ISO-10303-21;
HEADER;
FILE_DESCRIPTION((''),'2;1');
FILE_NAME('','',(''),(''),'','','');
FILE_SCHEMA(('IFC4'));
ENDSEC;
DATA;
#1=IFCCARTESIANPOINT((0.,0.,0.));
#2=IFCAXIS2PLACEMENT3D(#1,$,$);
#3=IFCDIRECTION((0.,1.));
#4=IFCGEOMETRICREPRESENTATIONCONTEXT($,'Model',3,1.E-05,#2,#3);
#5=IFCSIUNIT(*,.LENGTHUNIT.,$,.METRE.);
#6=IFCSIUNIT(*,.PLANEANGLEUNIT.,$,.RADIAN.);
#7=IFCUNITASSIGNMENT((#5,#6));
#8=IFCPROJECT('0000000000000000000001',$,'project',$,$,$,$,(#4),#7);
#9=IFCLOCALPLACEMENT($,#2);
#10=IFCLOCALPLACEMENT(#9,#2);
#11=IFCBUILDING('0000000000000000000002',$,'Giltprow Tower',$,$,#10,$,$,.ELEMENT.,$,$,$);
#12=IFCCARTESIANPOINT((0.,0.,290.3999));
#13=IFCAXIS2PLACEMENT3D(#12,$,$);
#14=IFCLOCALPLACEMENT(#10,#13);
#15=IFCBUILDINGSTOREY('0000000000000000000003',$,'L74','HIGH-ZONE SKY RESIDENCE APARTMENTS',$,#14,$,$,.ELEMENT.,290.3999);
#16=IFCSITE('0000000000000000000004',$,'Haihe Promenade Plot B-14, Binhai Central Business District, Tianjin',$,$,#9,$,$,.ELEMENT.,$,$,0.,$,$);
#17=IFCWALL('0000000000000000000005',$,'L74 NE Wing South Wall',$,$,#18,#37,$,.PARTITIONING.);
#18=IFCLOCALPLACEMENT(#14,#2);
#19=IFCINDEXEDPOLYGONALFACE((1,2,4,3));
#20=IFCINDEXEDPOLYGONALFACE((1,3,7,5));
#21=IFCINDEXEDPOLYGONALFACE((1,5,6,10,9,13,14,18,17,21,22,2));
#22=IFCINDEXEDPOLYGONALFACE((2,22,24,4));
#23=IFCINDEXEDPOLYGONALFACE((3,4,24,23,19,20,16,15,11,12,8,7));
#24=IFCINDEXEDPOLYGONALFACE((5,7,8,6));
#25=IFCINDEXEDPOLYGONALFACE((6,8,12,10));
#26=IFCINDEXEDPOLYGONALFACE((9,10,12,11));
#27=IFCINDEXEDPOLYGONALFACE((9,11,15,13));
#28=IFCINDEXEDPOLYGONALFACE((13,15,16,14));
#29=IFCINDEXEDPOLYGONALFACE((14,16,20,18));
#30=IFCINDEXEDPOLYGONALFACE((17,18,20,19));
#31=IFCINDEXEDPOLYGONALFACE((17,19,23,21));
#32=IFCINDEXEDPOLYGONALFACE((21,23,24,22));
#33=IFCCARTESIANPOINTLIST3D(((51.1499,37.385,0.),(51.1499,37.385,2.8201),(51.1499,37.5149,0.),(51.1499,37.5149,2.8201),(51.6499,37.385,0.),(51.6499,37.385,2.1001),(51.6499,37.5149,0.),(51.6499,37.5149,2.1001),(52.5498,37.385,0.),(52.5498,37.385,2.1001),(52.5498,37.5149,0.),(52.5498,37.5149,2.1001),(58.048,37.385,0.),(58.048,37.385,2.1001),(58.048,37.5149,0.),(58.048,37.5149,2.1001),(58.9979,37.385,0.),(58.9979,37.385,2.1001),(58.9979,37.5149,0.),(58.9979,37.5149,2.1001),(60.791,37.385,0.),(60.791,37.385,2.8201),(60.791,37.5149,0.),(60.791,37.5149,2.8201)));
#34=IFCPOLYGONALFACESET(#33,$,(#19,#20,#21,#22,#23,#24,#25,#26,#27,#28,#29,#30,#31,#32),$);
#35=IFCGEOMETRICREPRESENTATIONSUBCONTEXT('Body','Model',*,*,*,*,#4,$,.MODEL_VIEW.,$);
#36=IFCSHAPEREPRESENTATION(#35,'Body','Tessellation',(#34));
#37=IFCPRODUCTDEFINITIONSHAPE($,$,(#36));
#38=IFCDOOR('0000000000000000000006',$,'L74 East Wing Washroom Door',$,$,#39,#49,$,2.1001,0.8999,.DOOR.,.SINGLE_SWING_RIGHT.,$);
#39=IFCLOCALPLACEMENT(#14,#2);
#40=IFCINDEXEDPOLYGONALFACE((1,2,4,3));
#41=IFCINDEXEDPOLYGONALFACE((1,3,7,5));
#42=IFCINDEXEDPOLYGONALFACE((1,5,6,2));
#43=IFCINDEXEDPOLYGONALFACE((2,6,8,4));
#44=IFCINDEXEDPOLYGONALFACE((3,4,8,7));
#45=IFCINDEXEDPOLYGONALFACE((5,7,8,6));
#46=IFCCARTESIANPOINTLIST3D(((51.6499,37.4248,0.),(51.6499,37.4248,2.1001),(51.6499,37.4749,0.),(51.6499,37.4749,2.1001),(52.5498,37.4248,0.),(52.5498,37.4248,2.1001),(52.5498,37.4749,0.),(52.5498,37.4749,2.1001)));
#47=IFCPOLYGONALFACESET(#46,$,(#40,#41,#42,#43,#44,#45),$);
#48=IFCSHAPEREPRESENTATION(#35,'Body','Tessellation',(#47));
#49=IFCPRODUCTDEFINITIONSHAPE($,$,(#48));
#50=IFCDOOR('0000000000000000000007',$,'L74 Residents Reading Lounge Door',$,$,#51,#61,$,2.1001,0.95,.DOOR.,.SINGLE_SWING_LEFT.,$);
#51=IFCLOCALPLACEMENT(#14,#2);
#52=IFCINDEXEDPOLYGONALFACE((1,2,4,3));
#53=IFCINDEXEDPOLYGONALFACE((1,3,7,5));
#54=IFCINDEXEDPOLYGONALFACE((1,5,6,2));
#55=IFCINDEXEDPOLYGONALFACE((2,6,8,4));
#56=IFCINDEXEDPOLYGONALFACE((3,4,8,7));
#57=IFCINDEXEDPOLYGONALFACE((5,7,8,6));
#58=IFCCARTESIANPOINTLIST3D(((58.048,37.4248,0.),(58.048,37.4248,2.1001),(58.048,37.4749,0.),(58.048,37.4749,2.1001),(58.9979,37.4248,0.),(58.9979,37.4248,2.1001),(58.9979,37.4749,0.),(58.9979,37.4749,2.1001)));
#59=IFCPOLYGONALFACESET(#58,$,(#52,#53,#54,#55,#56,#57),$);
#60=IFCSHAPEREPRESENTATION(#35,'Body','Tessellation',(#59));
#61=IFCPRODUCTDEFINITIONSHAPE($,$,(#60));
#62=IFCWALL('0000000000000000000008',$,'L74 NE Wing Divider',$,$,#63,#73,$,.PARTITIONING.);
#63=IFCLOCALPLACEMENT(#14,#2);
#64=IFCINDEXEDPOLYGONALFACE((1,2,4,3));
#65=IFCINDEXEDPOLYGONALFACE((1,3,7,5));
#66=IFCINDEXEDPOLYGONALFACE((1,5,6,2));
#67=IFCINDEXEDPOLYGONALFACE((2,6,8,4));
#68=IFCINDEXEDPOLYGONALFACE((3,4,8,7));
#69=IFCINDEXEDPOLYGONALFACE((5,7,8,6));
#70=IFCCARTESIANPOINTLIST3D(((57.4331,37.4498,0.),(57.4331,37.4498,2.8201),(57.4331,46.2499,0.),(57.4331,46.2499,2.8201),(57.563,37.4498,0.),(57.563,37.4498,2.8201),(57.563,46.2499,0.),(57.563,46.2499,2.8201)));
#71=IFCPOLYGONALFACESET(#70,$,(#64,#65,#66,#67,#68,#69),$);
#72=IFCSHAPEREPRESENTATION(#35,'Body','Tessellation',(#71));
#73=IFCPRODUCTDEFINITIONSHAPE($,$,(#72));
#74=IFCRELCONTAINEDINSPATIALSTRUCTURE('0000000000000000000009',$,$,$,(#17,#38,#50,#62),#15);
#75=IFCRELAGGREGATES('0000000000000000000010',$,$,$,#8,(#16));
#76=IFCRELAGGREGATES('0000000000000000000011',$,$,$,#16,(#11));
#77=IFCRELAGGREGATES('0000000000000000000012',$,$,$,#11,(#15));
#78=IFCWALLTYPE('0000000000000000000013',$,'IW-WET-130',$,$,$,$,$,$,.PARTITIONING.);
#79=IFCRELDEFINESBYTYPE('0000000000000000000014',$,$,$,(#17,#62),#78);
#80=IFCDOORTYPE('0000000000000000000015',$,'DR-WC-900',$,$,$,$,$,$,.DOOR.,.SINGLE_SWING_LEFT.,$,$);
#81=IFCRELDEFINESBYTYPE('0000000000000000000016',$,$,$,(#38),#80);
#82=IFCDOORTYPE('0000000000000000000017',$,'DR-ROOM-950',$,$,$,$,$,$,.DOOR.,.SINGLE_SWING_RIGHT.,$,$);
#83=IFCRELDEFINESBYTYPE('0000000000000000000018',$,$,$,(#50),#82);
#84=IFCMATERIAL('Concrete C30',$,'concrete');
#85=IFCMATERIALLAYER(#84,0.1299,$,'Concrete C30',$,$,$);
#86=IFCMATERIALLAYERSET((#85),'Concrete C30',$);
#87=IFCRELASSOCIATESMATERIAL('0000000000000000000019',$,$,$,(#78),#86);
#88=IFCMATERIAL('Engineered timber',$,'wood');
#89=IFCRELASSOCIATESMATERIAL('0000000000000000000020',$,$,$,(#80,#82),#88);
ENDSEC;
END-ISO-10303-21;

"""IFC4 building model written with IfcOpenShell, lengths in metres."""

from ifc_helpers import new_model, si_unit, direction, frame, frame_2d, origin, place, context, subcontext, project, spatial, rectangle, extrude, source, transform, mapped, material, layer, layer_set, type_object, element, fill, save


model = new_model("IFC4")

# Units and contexts
model_context = context("Model", 3, precision=1e-05, world=origin(), true_north=direction((0.0, 1.0)))
body_context = subcontext(model_context, "Body", "Model", "MODEL_VIEW")
ifc_project = project(units=[si_unit("LENGTHUNIT", "METRE"), si_unit("PLANEANGLEUNIT", "RADIAN")], contexts=[model_context])

# Site, building, storey
site_placement = place(None, origin())
site = spatial("IfcSite", under=ifc_project, at=site_placement, Name="Haihe Promenade Plot B-14, Binhai Central Business District, Tianjin", CompositionType="ELEMENT", RefElevation=0.0)
building_placement = place(site_placement, origin())
building = spatial("IfcBuilding", under=site, at=building_placement, Name="Giltprow Tower", CompositionType="ELEMENT")
storey_placement = place(building_placement, frame((0.0, 0.0, 290.3999)))
storey = spatial("IfcBuildingStorey", under=building, at=storey_placement, Name="L74", Description="HIGH-ZONE SKY RESIDENCE APARTMENTS", CompositionType="ELEMENT", Elevation=290.3999)

# Wall, openings, doors
ifc_material_1 = material(Name="Concrete C30", Category="concrete")
ifc_layer_1 = layer(ifc_material_1, 0.1299, Name="Concrete C30")
ifc_layer_set_1 = layer_set([ifc_layer_1], Name="Concrete C30")
wall_type_1 = type_object("IfcWallType", Name="IW-WET-130", PredefinedType="PARTITIONING", material=ifc_layer_set_1)
wall_1_placement = place(storey_placement, frame((51.1499, 37.45, 0.0), z_axis=(0.0, 0.0, 1.0), x_axis=(1.0, 0.0, 0.0)))
wall_1 = element("IfcWall", 1, at=wall_1_placement, inside=storey, type_object=wall_type_1, Name="L74 NE Wing South Wall", PredefinedType="PARTITIONING", context=body_context, shape_type="SweptSolid", body=[
    extrude(rectangle(XDim=9.6411, YDim=0.1299, at=frame_2d((4.8206, 0.0))), origin(), (0.0, 0.0, 1.0), 2.8201),
])
opening_1_placement = place(wall_1_placement, frame((0.5, 0.0, 0.0)))
opening_1 = element("IfcOpeningElement", 2, at=opening_1_placement, cuts=wall_1, PredefinedType="OPENING", context=body_context, shape_type="SweptSolid", body=[
    extrude(rectangle(XDim=0.8999, YDim=2.1001, at=frame_2d((0.45, 1.05))), frame((0.0, 0.075, 0.0), z_axis=(0.0, -1.0, 0.0), x_axis=(1.0, 0.0, 0.0)), (0.0, 0.0, 1.0), 0.1499),
])
opening_2_placement = place(wall_1_placement, frame((6.8979, 0.0, 0.0)))
opening_2 = element("IfcOpeningElement", 3, at=opening_2_placement, cuts=wall_1, PredefinedType="OPENING", context=body_context, shape_type="SweptSolid", body=[
    extrude(rectangle(XDim=0.95, YDim=2.1001, at=frame_2d((0.4751, 1.05))), frame((0.0, 0.075, 0.0), z_axis=(0.0, -1.0, 0.0), x_axis=(1.0, 0.0, 0.0)), (0.0, 0.0, 1.0), 0.1499),
])
ifc_material_2 = material(Name="Engineered timber", Category="wood")
door_type_1 = type_object("IfcDoorType", Name="DR-WC-900", OperationType="SINGLE_SWING_LEFT", PredefinedType="DOOR", material=ifc_material_2)
shared_shape_1 = source(origin(), body_context, "Body", "SweptSolid", [
    extrude(rectangle(XDim=0.8999, YDim=2.1001, at=frame_2d((0.45, 1.05))), frame((0.0, 0.0249, 0.0), z_axis=(0.0, -1.0, 0.0), x_axis=(1.0, 0.0, 0.0)), (0.0, 0.0, 1.0), 0.05),
])
door_1_placement = place(opening_1_placement, origin())
door_1 = element("IfcDoor", 4, at=door_1_placement, inside=storey, type_object=door_type_1, Name="L74 East Wing Washroom Door", OperationType="SINGLE_SWING_RIGHT", OverallHeight=2.1001, OverallWidth=0.8999, PredefinedType="DOOR", context=body_context, shape_type="MappedRepresentation", body=[
    mapped(shared_shape_1, transform((0.0, 0.0, 0.0), x_axis=(1.0, 0.0, 0.0), y_axis=(0.0, 1.0, 0.0), z_axis=(0.0, 0.0, 1.0), scale=1.0)),
])
fill(opening_1, door_1)
door_type_2 = type_object("IfcDoorType", Name="DR-ROOM-950", OperationType="SINGLE_SWING_RIGHT", PredefinedType="DOOR", material=ifc_material_2)
shared_shape_2 = source(origin(), body_context, "Body", "SweptSolid", [
    extrude(rectangle(XDim=0.95, YDim=2.1001, at=frame_2d((0.4751, 1.05))), frame((0.0, 0.0249, 0.0), z_axis=(0.0, -1.0, 0.0), x_axis=(1.0, 0.0, 0.0)), (0.0, 0.0, 1.0), 0.05),
])
door_2_placement = place(opening_2_placement, origin())
door_2 = element("IfcDoor", 5, at=door_2_placement, inside=storey, type_object=door_type_2, Name="L74 Residents Reading Lounge Door", OperationType="SINGLE_SWING_LEFT", OverallHeight=2.1001, OverallWidth=0.95, PredefinedType="DOOR", context=body_context, shape_type="MappedRepresentation", body=[
    mapped(shared_shape_2, transform((0.0, 0.0, 0.0), x_axis=(1.0, 0.0, 0.0), y_axis=(0.0, 1.0, 0.0), z_axis=(0.0, 0.0, 1.0), scale=1.0)),
])
fill(opening_2, door_2)

# Wall
wall_2_placement = place(storey_placement, frame((57.498, 37.45, 0.0), z_axis=(0.0, 0.0, 1.0), x_axis=(0.0, 1.0, 0.0)))
element("IfcWall", 6, at=wall_2_placement, inside=storey, type_object=wall_type_1, Name="L74 NE Wing Divider", PredefinedType="PARTITIONING", context=body_context, shape_type="SweptSolid", body=[
    extrude(rectangle(XDim=8.8, YDim=0.1299, at=frame_2d((4.3999, 0.0))), origin(), (0.0, 0.0, 1.0), 2.8201),
])

save(model, "model.ifc")
